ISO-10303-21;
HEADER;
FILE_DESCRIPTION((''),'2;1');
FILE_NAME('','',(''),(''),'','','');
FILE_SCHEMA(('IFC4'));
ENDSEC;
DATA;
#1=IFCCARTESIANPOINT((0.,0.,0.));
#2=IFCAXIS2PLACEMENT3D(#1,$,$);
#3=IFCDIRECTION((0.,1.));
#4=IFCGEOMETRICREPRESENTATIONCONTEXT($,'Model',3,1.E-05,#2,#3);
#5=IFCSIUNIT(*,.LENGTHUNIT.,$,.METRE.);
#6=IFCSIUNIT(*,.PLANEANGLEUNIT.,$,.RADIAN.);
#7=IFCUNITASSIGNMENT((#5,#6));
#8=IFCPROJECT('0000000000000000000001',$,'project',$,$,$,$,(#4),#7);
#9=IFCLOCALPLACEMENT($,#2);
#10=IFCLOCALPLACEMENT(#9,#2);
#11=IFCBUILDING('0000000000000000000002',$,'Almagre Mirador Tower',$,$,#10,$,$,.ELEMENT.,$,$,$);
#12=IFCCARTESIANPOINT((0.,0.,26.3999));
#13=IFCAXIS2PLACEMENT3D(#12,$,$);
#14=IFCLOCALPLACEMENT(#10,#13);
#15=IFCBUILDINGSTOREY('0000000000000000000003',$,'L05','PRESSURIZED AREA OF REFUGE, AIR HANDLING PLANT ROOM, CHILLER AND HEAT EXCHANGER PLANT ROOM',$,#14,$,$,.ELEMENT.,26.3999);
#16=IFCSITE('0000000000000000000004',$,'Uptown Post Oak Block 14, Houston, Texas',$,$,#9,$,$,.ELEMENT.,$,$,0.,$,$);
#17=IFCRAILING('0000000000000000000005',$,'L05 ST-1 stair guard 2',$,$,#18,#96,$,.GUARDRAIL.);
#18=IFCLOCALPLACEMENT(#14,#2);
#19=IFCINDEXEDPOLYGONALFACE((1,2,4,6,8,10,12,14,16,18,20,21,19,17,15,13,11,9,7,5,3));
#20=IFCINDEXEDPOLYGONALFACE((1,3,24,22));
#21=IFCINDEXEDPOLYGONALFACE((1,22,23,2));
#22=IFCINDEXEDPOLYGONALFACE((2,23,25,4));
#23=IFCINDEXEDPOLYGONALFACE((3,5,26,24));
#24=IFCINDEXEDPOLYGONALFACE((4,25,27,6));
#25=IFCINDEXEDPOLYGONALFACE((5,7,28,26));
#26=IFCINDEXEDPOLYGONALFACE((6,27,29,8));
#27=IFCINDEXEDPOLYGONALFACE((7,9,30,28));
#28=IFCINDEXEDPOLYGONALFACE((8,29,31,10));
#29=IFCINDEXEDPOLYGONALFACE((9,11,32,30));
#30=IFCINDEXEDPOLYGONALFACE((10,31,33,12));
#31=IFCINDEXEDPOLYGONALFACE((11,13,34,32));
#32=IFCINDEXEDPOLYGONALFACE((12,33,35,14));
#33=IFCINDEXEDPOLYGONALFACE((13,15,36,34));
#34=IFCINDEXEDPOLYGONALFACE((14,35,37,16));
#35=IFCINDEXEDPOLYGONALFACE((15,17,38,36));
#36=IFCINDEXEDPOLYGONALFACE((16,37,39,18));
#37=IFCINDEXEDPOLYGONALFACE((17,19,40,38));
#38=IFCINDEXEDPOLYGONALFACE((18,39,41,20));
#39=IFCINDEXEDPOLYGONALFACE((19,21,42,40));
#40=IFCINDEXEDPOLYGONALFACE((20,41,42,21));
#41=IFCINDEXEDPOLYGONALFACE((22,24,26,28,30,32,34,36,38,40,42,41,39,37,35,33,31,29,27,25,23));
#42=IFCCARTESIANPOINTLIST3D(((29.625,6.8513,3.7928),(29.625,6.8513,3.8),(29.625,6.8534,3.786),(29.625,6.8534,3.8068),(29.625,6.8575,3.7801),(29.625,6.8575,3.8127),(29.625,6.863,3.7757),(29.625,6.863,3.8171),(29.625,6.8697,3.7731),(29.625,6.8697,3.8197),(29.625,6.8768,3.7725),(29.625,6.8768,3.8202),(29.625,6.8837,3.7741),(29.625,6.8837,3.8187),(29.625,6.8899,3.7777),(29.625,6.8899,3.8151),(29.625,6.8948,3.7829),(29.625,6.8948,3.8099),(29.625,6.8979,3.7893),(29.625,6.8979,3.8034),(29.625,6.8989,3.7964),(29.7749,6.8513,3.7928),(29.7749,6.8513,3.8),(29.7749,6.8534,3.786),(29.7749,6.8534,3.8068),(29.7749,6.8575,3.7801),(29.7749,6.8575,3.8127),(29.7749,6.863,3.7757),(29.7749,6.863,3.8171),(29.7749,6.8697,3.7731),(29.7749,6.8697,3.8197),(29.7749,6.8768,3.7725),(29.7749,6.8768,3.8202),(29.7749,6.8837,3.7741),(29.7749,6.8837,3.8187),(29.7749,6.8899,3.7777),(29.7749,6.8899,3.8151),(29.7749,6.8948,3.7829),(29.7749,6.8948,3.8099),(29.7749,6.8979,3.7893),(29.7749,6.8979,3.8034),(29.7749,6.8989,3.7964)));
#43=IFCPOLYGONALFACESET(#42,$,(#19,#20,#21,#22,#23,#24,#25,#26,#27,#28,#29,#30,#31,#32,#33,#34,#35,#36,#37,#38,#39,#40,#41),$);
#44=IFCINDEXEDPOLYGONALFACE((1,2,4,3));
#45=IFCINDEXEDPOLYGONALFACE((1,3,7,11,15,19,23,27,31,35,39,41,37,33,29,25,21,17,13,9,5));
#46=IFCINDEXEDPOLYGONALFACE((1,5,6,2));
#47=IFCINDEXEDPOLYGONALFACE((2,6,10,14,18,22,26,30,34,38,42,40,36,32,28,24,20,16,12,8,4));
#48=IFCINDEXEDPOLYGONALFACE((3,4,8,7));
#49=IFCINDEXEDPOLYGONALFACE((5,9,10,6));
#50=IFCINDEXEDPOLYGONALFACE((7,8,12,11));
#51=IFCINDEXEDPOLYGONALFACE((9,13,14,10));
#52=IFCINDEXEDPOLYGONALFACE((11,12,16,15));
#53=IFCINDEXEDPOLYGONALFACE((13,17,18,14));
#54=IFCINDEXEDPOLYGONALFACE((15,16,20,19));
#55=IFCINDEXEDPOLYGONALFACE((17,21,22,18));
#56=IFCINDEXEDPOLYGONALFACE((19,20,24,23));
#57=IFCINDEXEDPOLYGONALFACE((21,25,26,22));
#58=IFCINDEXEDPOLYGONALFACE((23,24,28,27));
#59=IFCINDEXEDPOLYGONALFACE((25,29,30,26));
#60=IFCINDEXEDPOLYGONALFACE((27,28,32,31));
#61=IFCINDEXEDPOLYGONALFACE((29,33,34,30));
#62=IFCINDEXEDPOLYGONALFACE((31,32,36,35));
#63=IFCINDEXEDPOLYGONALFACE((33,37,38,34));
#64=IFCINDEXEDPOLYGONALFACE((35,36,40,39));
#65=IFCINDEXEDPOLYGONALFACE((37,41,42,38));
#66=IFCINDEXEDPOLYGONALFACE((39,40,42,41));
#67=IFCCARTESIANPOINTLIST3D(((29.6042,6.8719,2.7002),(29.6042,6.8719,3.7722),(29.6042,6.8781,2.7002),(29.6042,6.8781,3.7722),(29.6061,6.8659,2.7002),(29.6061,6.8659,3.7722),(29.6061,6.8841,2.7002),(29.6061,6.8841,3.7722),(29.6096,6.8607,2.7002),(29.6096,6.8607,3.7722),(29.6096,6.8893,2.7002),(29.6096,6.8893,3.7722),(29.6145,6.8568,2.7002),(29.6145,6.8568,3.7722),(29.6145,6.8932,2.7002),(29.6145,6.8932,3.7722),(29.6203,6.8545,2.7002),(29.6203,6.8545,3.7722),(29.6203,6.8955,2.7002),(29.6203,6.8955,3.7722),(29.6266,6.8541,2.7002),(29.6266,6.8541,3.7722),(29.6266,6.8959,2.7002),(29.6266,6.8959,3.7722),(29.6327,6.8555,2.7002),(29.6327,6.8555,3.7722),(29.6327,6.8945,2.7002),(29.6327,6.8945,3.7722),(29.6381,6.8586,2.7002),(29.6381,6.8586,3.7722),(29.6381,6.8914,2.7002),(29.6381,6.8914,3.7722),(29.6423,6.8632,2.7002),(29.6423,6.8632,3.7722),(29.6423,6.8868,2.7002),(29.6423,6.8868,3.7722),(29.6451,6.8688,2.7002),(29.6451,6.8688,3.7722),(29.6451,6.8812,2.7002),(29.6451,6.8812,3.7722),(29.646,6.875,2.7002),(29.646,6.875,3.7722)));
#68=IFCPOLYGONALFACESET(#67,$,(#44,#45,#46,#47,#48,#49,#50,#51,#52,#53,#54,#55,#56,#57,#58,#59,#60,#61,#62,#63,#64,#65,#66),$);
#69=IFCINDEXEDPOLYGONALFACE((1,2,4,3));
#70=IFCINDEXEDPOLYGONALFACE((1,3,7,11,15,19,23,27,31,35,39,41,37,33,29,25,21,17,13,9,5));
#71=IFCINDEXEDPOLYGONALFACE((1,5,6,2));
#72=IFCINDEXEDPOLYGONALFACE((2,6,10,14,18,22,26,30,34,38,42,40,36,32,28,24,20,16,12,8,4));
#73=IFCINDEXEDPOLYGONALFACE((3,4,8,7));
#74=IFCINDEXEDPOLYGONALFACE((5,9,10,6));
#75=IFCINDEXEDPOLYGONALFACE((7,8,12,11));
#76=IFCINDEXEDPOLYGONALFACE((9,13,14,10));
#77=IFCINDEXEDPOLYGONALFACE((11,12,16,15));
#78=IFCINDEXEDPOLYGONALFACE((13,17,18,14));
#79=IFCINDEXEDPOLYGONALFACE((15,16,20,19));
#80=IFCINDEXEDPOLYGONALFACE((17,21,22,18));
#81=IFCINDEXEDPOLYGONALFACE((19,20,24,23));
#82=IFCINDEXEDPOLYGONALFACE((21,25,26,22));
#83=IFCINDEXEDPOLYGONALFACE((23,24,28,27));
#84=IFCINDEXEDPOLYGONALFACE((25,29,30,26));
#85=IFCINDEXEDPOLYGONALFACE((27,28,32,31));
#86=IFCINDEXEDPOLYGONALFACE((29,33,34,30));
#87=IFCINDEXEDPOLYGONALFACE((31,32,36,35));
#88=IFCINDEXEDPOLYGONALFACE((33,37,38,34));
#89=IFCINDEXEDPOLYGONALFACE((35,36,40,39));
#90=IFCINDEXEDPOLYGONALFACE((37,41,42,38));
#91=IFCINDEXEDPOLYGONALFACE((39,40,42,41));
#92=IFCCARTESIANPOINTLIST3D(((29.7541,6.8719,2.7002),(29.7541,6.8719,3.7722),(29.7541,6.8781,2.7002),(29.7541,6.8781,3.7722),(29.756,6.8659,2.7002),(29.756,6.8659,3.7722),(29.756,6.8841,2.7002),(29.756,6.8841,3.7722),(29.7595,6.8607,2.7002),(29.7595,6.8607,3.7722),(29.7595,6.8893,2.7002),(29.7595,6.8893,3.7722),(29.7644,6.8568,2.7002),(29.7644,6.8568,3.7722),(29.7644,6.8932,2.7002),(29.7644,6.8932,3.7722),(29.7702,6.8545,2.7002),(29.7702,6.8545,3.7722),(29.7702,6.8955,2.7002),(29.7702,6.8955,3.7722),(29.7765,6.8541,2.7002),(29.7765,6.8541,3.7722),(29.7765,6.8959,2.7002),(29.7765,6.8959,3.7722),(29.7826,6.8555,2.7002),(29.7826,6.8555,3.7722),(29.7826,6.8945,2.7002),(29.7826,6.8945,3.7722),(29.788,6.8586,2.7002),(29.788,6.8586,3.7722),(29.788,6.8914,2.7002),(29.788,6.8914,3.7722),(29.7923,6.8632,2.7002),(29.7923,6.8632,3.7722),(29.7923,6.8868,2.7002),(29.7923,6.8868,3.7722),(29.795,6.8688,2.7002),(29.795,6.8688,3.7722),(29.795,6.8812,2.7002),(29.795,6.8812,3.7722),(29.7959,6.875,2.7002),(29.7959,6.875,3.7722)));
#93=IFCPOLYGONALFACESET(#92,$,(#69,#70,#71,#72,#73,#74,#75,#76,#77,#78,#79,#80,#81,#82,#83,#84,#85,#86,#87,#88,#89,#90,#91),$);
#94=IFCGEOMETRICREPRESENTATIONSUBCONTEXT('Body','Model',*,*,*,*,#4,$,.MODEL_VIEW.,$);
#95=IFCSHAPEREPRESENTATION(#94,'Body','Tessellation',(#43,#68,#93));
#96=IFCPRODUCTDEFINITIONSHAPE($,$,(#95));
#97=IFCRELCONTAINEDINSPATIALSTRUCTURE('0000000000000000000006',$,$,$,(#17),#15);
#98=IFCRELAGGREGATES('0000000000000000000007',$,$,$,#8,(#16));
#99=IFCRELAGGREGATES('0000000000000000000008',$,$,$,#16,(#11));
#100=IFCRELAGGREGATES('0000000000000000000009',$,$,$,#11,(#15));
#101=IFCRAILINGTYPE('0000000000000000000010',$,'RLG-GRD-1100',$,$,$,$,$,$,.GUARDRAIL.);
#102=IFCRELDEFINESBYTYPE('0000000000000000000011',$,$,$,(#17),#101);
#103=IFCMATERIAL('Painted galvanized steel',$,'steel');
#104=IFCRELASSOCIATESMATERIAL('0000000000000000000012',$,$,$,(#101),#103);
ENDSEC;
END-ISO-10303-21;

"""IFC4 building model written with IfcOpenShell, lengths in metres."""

from ifc_helpers import new_model, si_unit, direction, frame, origin, origin_2d, place, context, subcontext, project, spatial, circle, extrude, material, type_object, element, save


model = new_model("IFC4")

# Units and contexts
model_context = context("Model", 3, precision=1e-05, world=origin(), true_north=direction((0.0, 1.0)))
body_context = subcontext(model_context, "Body", "Model", "MODEL_VIEW")
ifc_project = project(units=[si_unit("LENGTHUNIT", "METRE"), si_unit("PLANEANGLEUNIT", "RADIAN")], contexts=[model_context])

# Site, building, storey
site_placement = place(None, origin())
site = spatial("IfcSite", under=ifc_project, at=site_placement, Name="Uptown Post Oak Block 14, Houston, Texas", CompositionType="ELEMENT", RefElevation=0.0)
building_placement = place(site_placement, origin())
building = spatial("IfcBuilding", under=site, at=building_placement, Name="Almagre Mirador Tower", CompositionType="ELEMENT")
storey_placement = place(building_placement, frame((0.0, 0.0, 26.3999)))
storey = spatial("IfcBuildingStorey", under=building, at=storey_placement, Name="L05", Description="PRESSURIZED AREA OF REFUGE, AIR HANDLING PLANT ROOM, CHILLER AND HEAT EXCHANGER PLANT ROOM", CompositionType="ELEMENT", Elevation=26.3999)

# Railing
ifc_material_1 = material(Name="Painted galvanized steel", Category="steel")
railing_type_1 = type_object("IfcRailingType", Name="RLG-GRD-1100", PredefinedType="GUARDRAIL", material=ifc_material_1)
railing_1_placement = place(storey_placement, frame((29.625, 6.875, 2.7002)))
element("IfcRailing", 1, at=railing_1_placement, inside=storey, type_object=railing_type_1, Name="L05 ST-1 stair guard 2", PredefinedType="GUARDRAIL", context=body_context, shape_type="SweptSolid", body=[
    extrude(circle(Radius=0.0239, at=origin_2d()), frame((0.0, 0.0, 1.0962), z_axis=(1.0, 0.0, 0.0), x_axis=(0.0, 1.0, 0.0)), (0.0, 0.0, 1.0), 0.1499),
    extrude(circle(Radius=0.021, at=origin_2d()), origin(), (0.0, 0.0, 1.0), 1.072),
    extrude(circle(Radius=0.021, at=origin_2d()), frame((0.1499, 0.0, 0.0)), (0.0, 0.0, 1.0), 1.072),
])

save(model, "model.ifc")
